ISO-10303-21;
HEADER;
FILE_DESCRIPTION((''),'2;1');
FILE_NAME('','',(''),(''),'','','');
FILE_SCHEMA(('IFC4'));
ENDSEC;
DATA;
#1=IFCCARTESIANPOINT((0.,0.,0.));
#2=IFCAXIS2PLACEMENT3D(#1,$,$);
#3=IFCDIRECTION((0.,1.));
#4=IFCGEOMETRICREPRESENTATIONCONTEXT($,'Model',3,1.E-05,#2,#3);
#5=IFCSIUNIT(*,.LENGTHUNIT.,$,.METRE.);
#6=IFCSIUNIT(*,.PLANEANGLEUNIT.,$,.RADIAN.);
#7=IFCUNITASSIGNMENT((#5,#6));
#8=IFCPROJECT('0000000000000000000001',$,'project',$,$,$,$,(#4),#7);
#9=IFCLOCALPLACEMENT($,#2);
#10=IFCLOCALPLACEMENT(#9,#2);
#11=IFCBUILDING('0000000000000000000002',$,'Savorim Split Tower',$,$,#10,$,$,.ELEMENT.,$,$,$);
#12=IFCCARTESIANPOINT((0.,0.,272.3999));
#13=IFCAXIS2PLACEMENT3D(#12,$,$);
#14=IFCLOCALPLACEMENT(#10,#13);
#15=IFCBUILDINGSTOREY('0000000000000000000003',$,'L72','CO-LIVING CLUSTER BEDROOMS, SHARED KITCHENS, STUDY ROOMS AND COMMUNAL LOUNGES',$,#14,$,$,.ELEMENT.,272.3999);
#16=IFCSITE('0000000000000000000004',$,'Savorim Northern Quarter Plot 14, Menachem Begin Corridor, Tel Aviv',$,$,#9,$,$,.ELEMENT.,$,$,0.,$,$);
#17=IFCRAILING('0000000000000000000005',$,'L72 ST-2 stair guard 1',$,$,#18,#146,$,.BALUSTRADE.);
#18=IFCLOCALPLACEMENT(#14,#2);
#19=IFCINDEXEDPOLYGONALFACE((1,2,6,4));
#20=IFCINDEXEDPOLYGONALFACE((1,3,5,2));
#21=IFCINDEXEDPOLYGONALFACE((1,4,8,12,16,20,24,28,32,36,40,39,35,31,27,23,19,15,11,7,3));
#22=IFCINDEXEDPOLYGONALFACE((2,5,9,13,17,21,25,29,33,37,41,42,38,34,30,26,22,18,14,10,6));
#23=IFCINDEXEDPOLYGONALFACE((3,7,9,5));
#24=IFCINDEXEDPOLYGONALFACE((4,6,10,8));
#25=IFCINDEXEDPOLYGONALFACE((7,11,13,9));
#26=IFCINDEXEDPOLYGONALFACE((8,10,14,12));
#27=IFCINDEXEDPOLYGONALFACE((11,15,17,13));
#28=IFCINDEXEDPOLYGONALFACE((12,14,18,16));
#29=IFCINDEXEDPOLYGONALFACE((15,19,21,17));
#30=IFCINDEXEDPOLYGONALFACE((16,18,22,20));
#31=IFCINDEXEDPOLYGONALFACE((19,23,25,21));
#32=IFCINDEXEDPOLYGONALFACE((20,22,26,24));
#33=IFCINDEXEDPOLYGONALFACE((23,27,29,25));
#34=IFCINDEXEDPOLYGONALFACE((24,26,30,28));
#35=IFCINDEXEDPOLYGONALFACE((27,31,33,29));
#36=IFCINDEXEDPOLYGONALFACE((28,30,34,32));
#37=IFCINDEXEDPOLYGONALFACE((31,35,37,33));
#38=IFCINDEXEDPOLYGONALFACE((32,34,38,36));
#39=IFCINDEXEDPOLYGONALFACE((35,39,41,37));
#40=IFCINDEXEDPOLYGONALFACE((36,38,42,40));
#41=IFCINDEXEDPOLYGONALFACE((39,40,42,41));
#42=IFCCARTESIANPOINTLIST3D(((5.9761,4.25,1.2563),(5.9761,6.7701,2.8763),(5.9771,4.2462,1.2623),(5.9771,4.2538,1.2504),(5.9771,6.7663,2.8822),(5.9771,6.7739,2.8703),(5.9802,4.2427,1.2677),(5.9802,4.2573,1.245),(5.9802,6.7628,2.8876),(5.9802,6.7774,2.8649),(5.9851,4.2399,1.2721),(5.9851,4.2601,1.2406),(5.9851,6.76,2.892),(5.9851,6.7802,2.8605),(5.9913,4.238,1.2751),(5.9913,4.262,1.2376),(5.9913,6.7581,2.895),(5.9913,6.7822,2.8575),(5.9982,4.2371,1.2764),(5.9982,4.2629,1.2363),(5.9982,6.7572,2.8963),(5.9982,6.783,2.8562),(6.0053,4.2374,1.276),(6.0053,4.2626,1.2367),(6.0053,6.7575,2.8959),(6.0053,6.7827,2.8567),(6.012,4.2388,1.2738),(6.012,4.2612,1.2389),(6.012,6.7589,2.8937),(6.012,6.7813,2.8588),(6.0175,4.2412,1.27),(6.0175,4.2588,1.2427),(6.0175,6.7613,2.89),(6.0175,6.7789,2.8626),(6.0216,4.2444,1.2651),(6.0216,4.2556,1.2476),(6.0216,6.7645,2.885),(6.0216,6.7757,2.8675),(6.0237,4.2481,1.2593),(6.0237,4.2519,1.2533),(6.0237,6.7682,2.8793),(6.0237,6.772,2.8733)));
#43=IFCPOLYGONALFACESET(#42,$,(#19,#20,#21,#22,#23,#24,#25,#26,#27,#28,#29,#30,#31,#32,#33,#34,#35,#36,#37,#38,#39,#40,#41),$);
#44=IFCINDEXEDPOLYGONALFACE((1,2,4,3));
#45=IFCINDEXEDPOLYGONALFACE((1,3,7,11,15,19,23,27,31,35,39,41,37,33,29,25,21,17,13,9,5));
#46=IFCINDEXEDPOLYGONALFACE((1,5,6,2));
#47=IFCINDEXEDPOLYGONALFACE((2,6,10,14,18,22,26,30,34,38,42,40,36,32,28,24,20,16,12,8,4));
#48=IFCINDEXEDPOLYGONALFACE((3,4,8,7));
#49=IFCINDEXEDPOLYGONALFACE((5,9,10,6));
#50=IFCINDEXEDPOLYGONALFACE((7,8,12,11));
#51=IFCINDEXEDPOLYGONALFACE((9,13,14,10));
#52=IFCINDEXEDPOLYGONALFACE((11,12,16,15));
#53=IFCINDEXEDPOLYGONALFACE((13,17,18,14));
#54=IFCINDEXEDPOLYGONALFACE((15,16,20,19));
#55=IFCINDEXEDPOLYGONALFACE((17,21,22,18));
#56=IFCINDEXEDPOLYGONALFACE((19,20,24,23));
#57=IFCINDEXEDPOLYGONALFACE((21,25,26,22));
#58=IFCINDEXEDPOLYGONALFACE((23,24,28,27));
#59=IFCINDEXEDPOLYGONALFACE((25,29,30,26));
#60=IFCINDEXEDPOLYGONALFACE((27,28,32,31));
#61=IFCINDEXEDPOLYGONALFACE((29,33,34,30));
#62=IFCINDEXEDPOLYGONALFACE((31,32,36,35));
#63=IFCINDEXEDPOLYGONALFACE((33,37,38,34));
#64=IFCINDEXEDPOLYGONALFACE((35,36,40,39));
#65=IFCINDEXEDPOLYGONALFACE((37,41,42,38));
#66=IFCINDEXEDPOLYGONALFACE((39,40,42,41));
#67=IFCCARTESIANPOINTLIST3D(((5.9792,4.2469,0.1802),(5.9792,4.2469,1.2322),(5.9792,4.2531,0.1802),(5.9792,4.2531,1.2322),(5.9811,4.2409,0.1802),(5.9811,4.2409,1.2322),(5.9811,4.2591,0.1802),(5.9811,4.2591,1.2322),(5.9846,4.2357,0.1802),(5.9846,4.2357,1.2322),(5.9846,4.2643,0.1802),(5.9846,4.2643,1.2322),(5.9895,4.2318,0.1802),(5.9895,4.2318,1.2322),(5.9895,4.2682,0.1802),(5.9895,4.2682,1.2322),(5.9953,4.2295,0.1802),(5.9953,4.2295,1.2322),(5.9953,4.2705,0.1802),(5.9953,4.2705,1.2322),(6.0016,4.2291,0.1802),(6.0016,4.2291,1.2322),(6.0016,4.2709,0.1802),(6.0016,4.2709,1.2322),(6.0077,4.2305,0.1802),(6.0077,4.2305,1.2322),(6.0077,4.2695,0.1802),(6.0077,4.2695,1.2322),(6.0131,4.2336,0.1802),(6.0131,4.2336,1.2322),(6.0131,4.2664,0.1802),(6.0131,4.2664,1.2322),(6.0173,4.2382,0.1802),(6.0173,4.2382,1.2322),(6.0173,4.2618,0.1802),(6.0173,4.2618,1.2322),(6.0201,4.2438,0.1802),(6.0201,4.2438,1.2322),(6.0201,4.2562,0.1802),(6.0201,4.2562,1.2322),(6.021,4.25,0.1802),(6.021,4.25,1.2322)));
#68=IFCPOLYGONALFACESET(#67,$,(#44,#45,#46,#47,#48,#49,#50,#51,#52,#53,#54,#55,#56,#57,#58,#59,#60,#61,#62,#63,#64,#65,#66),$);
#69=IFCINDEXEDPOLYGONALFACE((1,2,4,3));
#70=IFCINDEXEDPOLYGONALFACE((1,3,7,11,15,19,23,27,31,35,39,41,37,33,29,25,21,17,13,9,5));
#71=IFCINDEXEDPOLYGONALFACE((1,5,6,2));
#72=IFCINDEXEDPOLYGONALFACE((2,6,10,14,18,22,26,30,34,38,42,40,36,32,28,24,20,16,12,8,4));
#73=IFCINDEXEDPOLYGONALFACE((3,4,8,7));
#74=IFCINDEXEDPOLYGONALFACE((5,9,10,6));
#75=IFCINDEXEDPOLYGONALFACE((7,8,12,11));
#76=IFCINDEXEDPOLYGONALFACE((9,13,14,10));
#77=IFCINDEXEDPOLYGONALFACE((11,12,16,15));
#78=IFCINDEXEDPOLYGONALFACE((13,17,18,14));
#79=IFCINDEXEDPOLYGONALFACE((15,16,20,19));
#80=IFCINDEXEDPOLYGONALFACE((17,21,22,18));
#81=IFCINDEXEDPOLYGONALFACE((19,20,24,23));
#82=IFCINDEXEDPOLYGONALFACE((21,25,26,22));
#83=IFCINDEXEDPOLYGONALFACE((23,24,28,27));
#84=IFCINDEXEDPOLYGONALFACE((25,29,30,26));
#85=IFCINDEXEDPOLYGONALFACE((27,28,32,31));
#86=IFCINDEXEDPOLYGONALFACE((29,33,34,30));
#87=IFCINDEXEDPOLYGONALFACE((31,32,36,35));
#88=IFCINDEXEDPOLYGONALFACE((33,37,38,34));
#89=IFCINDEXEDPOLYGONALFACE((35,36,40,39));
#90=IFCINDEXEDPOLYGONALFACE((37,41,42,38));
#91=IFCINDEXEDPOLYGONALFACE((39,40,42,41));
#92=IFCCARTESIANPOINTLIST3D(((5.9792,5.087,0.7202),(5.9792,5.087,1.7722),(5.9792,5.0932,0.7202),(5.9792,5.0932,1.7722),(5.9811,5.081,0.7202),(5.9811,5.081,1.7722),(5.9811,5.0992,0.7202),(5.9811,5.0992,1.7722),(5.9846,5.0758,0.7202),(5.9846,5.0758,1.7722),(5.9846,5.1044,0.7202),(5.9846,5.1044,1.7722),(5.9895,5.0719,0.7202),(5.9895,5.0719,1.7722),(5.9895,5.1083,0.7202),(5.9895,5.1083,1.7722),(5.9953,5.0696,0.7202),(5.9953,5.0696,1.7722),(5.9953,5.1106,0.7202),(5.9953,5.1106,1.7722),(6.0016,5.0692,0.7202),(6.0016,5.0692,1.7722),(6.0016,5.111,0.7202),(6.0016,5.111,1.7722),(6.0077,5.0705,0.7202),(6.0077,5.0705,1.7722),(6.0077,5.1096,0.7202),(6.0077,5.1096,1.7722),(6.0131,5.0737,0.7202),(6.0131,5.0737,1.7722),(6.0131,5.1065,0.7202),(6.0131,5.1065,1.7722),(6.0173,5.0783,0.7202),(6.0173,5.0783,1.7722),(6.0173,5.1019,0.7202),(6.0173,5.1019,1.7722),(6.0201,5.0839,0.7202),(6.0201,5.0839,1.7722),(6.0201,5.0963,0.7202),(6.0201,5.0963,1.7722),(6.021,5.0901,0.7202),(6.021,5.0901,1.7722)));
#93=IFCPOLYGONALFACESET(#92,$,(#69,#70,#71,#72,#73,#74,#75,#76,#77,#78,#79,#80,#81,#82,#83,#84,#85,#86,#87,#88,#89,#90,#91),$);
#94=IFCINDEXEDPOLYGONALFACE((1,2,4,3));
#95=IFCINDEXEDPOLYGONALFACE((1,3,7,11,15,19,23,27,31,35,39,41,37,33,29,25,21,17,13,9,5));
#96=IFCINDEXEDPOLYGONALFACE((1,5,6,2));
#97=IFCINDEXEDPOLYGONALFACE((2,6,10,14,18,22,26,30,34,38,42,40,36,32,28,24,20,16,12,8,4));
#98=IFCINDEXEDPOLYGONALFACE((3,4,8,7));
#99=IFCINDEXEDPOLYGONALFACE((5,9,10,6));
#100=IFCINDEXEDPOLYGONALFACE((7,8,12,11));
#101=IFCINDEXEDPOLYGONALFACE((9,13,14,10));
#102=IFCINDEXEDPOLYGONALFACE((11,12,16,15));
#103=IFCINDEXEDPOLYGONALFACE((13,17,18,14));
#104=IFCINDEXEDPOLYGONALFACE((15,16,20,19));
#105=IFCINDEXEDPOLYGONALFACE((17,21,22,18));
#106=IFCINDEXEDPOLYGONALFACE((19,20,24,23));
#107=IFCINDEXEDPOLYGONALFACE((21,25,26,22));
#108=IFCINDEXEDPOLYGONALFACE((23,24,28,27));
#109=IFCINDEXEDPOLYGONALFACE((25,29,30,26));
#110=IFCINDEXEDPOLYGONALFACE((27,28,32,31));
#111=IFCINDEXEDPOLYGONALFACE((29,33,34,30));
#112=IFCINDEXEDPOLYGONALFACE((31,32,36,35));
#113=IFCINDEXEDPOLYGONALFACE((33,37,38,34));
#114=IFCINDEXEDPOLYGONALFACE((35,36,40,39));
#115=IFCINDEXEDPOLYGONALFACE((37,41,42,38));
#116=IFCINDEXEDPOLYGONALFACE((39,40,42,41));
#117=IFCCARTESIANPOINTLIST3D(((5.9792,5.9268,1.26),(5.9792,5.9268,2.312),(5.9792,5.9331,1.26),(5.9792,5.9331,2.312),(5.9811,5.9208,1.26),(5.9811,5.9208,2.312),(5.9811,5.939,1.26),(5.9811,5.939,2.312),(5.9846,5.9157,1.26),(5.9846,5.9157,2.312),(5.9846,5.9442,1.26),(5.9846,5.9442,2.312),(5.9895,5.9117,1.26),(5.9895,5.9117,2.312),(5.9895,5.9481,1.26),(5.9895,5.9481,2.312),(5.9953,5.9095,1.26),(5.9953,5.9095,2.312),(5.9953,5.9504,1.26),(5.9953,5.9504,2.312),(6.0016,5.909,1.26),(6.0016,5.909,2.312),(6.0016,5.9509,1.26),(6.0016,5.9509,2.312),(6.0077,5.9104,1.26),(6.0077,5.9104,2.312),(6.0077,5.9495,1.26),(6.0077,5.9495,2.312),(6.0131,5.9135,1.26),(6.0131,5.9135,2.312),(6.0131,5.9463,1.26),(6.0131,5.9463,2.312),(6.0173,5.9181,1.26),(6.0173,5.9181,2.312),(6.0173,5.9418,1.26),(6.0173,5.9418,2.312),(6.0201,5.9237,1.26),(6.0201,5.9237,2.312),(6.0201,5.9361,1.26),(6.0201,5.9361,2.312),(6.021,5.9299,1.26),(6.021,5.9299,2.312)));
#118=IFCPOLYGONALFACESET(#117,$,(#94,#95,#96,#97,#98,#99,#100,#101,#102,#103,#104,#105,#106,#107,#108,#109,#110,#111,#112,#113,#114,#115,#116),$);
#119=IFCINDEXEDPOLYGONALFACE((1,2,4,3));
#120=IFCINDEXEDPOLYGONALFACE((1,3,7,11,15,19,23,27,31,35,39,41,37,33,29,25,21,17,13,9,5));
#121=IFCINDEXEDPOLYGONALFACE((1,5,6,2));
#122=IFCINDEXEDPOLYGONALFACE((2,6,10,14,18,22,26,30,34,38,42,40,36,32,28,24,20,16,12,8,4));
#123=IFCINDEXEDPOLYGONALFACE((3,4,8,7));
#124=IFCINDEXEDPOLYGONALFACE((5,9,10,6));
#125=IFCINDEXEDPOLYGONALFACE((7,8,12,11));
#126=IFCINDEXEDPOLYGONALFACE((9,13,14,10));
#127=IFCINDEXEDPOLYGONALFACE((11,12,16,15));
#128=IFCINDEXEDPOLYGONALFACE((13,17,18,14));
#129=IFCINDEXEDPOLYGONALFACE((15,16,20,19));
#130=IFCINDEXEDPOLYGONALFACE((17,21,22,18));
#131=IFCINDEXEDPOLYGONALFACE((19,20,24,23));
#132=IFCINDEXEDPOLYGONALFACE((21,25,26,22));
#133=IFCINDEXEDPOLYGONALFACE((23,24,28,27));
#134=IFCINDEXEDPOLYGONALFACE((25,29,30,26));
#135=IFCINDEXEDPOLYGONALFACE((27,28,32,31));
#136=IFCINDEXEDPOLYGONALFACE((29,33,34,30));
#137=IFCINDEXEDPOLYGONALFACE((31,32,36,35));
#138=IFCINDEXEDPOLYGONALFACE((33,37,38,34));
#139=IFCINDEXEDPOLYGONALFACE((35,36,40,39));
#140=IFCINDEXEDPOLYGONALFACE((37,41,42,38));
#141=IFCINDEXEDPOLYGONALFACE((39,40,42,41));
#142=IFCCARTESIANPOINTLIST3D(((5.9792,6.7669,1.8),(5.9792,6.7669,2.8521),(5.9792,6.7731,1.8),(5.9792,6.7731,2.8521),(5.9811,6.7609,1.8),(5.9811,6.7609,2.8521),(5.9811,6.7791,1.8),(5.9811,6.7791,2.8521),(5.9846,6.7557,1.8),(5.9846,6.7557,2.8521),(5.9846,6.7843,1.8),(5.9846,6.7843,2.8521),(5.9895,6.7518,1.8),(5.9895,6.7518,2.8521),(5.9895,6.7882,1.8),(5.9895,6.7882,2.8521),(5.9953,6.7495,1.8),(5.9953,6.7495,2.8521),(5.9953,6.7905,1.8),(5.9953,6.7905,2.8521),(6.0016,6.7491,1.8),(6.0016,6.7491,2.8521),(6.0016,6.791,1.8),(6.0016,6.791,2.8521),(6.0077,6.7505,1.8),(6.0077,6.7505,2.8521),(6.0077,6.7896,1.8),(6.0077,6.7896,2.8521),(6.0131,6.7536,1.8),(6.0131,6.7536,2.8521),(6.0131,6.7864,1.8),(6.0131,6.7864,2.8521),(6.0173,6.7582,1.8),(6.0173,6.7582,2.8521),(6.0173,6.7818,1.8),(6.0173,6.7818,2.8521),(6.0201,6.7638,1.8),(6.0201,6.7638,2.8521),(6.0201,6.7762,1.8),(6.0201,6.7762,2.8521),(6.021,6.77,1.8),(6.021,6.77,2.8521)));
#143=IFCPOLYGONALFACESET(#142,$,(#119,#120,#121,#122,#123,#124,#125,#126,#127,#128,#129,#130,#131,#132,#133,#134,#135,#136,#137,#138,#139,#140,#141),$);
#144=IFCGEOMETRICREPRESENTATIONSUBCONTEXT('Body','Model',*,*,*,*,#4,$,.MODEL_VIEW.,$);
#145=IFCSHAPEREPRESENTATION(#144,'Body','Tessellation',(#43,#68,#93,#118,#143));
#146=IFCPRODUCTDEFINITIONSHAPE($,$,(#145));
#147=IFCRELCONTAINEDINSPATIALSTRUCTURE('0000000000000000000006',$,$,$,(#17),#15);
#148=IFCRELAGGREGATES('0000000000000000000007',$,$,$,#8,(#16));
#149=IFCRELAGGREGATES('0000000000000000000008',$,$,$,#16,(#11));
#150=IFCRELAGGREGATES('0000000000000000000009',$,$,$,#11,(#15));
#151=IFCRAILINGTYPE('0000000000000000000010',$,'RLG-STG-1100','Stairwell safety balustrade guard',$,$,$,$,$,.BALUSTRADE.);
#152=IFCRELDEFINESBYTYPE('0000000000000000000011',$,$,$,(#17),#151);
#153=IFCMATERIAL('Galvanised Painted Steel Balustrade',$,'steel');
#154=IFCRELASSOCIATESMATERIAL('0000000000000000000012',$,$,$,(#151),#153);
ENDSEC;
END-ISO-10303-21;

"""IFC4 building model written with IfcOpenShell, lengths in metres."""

from ifc_helpers import new_model, si_unit, direction, frame, origin, origin_2d, place, context, subcontext, project, spatial, circle, extrude, material, type_object, element, save


model = new_model("IFC4")

# Units and contexts
model_context = context("Model", 3, precision=1e-05, world=origin(), true_north=direction((0.0, 1.0)))
body_context = subcontext(model_context, "Body", "Model", "MODEL_VIEW")
ifc_project = project(units=[si_unit("LENGTHUNIT", "METRE"), si_unit("PLANEANGLEUNIT", "RADIAN")], contexts=[model_context])

# Site, building, storey
site_placement = place(None, origin())
site = spatial("IfcSite", under=ifc_project, at=site_placement, Name="Savorim Northern Quarter Plot 14, Menachem Begin Corridor, Tel Aviv", CompositionType="ELEMENT", RefElevation=0.0)
building_placement = place(site_placement, origin())
building = spatial("IfcBuilding", under=site, at=building_placement, Name="Savorim Split Tower", CompositionType="ELEMENT")
storey_placement = place(building_placement, frame((0.0, 0.0, 272.3999)))
storey = spatial("IfcBuildingStorey", under=building, at=storey_placement, Name="L72", Description="CO-LIVING CLUSTER BEDROOMS, SHARED KITCHENS, STUDY ROOMS AND COMMUNAL LOUNGES", CompositionType="ELEMENT", Elevation=272.3999)

# Railing
ifc_material_1 = material(Name="Galvanised Painted Steel Balustrade", Category="steel")
railing_type_1 = type_object("IfcRailingType", Name="RLG-STG-1100", Description="Stairwell safety balustrade guard", PredefinedType="BALUSTRADE", material=ifc_material_1)
railing_1_placement = place(storey_placement, frame((6.0, 4.25, 0.1802)))
element("IfcRailing", 1, at=railing_1_placement, inside=storey, type_object=railing_type_1, Name="L72 ST-2 stair guard 1", PredefinedType="BALUSTRADE", context=body_context, shape_type="SweptSolid", body=[
    extrude(circle(Radius=0.0239, at=origin_2d()), frame((0.0, 0.0, 1.0762), z_axis=(0.0, 0.8412, 0.540725), x_axis=(-1.0, 0.0, 0.0)), (0.0, 0.0, 1.0), 2.9958),
    extrude(circle(Radius=0.021, at=origin_2d()), origin(), (0.0, 0.0, 1.0), 1.052),
    extrude(circle(Radius=0.021, at=origin_2d()), frame((0.0, 0.8401, 0.54)), (0.0, 0.0, 1.0), 1.052),
    extrude(circle(Radius=0.021, at=origin_2d()), frame((0.0, 1.6799, 1.0798)), (0.0, 0.0, 1.0), 1.052),
    extrude(circle(Radius=0.021, at=origin_2d()), frame((0.0, 2.52, 1.6199)), (0.0, 0.0, 1.0), 1.052),
])

save(model, "model.ifc")
